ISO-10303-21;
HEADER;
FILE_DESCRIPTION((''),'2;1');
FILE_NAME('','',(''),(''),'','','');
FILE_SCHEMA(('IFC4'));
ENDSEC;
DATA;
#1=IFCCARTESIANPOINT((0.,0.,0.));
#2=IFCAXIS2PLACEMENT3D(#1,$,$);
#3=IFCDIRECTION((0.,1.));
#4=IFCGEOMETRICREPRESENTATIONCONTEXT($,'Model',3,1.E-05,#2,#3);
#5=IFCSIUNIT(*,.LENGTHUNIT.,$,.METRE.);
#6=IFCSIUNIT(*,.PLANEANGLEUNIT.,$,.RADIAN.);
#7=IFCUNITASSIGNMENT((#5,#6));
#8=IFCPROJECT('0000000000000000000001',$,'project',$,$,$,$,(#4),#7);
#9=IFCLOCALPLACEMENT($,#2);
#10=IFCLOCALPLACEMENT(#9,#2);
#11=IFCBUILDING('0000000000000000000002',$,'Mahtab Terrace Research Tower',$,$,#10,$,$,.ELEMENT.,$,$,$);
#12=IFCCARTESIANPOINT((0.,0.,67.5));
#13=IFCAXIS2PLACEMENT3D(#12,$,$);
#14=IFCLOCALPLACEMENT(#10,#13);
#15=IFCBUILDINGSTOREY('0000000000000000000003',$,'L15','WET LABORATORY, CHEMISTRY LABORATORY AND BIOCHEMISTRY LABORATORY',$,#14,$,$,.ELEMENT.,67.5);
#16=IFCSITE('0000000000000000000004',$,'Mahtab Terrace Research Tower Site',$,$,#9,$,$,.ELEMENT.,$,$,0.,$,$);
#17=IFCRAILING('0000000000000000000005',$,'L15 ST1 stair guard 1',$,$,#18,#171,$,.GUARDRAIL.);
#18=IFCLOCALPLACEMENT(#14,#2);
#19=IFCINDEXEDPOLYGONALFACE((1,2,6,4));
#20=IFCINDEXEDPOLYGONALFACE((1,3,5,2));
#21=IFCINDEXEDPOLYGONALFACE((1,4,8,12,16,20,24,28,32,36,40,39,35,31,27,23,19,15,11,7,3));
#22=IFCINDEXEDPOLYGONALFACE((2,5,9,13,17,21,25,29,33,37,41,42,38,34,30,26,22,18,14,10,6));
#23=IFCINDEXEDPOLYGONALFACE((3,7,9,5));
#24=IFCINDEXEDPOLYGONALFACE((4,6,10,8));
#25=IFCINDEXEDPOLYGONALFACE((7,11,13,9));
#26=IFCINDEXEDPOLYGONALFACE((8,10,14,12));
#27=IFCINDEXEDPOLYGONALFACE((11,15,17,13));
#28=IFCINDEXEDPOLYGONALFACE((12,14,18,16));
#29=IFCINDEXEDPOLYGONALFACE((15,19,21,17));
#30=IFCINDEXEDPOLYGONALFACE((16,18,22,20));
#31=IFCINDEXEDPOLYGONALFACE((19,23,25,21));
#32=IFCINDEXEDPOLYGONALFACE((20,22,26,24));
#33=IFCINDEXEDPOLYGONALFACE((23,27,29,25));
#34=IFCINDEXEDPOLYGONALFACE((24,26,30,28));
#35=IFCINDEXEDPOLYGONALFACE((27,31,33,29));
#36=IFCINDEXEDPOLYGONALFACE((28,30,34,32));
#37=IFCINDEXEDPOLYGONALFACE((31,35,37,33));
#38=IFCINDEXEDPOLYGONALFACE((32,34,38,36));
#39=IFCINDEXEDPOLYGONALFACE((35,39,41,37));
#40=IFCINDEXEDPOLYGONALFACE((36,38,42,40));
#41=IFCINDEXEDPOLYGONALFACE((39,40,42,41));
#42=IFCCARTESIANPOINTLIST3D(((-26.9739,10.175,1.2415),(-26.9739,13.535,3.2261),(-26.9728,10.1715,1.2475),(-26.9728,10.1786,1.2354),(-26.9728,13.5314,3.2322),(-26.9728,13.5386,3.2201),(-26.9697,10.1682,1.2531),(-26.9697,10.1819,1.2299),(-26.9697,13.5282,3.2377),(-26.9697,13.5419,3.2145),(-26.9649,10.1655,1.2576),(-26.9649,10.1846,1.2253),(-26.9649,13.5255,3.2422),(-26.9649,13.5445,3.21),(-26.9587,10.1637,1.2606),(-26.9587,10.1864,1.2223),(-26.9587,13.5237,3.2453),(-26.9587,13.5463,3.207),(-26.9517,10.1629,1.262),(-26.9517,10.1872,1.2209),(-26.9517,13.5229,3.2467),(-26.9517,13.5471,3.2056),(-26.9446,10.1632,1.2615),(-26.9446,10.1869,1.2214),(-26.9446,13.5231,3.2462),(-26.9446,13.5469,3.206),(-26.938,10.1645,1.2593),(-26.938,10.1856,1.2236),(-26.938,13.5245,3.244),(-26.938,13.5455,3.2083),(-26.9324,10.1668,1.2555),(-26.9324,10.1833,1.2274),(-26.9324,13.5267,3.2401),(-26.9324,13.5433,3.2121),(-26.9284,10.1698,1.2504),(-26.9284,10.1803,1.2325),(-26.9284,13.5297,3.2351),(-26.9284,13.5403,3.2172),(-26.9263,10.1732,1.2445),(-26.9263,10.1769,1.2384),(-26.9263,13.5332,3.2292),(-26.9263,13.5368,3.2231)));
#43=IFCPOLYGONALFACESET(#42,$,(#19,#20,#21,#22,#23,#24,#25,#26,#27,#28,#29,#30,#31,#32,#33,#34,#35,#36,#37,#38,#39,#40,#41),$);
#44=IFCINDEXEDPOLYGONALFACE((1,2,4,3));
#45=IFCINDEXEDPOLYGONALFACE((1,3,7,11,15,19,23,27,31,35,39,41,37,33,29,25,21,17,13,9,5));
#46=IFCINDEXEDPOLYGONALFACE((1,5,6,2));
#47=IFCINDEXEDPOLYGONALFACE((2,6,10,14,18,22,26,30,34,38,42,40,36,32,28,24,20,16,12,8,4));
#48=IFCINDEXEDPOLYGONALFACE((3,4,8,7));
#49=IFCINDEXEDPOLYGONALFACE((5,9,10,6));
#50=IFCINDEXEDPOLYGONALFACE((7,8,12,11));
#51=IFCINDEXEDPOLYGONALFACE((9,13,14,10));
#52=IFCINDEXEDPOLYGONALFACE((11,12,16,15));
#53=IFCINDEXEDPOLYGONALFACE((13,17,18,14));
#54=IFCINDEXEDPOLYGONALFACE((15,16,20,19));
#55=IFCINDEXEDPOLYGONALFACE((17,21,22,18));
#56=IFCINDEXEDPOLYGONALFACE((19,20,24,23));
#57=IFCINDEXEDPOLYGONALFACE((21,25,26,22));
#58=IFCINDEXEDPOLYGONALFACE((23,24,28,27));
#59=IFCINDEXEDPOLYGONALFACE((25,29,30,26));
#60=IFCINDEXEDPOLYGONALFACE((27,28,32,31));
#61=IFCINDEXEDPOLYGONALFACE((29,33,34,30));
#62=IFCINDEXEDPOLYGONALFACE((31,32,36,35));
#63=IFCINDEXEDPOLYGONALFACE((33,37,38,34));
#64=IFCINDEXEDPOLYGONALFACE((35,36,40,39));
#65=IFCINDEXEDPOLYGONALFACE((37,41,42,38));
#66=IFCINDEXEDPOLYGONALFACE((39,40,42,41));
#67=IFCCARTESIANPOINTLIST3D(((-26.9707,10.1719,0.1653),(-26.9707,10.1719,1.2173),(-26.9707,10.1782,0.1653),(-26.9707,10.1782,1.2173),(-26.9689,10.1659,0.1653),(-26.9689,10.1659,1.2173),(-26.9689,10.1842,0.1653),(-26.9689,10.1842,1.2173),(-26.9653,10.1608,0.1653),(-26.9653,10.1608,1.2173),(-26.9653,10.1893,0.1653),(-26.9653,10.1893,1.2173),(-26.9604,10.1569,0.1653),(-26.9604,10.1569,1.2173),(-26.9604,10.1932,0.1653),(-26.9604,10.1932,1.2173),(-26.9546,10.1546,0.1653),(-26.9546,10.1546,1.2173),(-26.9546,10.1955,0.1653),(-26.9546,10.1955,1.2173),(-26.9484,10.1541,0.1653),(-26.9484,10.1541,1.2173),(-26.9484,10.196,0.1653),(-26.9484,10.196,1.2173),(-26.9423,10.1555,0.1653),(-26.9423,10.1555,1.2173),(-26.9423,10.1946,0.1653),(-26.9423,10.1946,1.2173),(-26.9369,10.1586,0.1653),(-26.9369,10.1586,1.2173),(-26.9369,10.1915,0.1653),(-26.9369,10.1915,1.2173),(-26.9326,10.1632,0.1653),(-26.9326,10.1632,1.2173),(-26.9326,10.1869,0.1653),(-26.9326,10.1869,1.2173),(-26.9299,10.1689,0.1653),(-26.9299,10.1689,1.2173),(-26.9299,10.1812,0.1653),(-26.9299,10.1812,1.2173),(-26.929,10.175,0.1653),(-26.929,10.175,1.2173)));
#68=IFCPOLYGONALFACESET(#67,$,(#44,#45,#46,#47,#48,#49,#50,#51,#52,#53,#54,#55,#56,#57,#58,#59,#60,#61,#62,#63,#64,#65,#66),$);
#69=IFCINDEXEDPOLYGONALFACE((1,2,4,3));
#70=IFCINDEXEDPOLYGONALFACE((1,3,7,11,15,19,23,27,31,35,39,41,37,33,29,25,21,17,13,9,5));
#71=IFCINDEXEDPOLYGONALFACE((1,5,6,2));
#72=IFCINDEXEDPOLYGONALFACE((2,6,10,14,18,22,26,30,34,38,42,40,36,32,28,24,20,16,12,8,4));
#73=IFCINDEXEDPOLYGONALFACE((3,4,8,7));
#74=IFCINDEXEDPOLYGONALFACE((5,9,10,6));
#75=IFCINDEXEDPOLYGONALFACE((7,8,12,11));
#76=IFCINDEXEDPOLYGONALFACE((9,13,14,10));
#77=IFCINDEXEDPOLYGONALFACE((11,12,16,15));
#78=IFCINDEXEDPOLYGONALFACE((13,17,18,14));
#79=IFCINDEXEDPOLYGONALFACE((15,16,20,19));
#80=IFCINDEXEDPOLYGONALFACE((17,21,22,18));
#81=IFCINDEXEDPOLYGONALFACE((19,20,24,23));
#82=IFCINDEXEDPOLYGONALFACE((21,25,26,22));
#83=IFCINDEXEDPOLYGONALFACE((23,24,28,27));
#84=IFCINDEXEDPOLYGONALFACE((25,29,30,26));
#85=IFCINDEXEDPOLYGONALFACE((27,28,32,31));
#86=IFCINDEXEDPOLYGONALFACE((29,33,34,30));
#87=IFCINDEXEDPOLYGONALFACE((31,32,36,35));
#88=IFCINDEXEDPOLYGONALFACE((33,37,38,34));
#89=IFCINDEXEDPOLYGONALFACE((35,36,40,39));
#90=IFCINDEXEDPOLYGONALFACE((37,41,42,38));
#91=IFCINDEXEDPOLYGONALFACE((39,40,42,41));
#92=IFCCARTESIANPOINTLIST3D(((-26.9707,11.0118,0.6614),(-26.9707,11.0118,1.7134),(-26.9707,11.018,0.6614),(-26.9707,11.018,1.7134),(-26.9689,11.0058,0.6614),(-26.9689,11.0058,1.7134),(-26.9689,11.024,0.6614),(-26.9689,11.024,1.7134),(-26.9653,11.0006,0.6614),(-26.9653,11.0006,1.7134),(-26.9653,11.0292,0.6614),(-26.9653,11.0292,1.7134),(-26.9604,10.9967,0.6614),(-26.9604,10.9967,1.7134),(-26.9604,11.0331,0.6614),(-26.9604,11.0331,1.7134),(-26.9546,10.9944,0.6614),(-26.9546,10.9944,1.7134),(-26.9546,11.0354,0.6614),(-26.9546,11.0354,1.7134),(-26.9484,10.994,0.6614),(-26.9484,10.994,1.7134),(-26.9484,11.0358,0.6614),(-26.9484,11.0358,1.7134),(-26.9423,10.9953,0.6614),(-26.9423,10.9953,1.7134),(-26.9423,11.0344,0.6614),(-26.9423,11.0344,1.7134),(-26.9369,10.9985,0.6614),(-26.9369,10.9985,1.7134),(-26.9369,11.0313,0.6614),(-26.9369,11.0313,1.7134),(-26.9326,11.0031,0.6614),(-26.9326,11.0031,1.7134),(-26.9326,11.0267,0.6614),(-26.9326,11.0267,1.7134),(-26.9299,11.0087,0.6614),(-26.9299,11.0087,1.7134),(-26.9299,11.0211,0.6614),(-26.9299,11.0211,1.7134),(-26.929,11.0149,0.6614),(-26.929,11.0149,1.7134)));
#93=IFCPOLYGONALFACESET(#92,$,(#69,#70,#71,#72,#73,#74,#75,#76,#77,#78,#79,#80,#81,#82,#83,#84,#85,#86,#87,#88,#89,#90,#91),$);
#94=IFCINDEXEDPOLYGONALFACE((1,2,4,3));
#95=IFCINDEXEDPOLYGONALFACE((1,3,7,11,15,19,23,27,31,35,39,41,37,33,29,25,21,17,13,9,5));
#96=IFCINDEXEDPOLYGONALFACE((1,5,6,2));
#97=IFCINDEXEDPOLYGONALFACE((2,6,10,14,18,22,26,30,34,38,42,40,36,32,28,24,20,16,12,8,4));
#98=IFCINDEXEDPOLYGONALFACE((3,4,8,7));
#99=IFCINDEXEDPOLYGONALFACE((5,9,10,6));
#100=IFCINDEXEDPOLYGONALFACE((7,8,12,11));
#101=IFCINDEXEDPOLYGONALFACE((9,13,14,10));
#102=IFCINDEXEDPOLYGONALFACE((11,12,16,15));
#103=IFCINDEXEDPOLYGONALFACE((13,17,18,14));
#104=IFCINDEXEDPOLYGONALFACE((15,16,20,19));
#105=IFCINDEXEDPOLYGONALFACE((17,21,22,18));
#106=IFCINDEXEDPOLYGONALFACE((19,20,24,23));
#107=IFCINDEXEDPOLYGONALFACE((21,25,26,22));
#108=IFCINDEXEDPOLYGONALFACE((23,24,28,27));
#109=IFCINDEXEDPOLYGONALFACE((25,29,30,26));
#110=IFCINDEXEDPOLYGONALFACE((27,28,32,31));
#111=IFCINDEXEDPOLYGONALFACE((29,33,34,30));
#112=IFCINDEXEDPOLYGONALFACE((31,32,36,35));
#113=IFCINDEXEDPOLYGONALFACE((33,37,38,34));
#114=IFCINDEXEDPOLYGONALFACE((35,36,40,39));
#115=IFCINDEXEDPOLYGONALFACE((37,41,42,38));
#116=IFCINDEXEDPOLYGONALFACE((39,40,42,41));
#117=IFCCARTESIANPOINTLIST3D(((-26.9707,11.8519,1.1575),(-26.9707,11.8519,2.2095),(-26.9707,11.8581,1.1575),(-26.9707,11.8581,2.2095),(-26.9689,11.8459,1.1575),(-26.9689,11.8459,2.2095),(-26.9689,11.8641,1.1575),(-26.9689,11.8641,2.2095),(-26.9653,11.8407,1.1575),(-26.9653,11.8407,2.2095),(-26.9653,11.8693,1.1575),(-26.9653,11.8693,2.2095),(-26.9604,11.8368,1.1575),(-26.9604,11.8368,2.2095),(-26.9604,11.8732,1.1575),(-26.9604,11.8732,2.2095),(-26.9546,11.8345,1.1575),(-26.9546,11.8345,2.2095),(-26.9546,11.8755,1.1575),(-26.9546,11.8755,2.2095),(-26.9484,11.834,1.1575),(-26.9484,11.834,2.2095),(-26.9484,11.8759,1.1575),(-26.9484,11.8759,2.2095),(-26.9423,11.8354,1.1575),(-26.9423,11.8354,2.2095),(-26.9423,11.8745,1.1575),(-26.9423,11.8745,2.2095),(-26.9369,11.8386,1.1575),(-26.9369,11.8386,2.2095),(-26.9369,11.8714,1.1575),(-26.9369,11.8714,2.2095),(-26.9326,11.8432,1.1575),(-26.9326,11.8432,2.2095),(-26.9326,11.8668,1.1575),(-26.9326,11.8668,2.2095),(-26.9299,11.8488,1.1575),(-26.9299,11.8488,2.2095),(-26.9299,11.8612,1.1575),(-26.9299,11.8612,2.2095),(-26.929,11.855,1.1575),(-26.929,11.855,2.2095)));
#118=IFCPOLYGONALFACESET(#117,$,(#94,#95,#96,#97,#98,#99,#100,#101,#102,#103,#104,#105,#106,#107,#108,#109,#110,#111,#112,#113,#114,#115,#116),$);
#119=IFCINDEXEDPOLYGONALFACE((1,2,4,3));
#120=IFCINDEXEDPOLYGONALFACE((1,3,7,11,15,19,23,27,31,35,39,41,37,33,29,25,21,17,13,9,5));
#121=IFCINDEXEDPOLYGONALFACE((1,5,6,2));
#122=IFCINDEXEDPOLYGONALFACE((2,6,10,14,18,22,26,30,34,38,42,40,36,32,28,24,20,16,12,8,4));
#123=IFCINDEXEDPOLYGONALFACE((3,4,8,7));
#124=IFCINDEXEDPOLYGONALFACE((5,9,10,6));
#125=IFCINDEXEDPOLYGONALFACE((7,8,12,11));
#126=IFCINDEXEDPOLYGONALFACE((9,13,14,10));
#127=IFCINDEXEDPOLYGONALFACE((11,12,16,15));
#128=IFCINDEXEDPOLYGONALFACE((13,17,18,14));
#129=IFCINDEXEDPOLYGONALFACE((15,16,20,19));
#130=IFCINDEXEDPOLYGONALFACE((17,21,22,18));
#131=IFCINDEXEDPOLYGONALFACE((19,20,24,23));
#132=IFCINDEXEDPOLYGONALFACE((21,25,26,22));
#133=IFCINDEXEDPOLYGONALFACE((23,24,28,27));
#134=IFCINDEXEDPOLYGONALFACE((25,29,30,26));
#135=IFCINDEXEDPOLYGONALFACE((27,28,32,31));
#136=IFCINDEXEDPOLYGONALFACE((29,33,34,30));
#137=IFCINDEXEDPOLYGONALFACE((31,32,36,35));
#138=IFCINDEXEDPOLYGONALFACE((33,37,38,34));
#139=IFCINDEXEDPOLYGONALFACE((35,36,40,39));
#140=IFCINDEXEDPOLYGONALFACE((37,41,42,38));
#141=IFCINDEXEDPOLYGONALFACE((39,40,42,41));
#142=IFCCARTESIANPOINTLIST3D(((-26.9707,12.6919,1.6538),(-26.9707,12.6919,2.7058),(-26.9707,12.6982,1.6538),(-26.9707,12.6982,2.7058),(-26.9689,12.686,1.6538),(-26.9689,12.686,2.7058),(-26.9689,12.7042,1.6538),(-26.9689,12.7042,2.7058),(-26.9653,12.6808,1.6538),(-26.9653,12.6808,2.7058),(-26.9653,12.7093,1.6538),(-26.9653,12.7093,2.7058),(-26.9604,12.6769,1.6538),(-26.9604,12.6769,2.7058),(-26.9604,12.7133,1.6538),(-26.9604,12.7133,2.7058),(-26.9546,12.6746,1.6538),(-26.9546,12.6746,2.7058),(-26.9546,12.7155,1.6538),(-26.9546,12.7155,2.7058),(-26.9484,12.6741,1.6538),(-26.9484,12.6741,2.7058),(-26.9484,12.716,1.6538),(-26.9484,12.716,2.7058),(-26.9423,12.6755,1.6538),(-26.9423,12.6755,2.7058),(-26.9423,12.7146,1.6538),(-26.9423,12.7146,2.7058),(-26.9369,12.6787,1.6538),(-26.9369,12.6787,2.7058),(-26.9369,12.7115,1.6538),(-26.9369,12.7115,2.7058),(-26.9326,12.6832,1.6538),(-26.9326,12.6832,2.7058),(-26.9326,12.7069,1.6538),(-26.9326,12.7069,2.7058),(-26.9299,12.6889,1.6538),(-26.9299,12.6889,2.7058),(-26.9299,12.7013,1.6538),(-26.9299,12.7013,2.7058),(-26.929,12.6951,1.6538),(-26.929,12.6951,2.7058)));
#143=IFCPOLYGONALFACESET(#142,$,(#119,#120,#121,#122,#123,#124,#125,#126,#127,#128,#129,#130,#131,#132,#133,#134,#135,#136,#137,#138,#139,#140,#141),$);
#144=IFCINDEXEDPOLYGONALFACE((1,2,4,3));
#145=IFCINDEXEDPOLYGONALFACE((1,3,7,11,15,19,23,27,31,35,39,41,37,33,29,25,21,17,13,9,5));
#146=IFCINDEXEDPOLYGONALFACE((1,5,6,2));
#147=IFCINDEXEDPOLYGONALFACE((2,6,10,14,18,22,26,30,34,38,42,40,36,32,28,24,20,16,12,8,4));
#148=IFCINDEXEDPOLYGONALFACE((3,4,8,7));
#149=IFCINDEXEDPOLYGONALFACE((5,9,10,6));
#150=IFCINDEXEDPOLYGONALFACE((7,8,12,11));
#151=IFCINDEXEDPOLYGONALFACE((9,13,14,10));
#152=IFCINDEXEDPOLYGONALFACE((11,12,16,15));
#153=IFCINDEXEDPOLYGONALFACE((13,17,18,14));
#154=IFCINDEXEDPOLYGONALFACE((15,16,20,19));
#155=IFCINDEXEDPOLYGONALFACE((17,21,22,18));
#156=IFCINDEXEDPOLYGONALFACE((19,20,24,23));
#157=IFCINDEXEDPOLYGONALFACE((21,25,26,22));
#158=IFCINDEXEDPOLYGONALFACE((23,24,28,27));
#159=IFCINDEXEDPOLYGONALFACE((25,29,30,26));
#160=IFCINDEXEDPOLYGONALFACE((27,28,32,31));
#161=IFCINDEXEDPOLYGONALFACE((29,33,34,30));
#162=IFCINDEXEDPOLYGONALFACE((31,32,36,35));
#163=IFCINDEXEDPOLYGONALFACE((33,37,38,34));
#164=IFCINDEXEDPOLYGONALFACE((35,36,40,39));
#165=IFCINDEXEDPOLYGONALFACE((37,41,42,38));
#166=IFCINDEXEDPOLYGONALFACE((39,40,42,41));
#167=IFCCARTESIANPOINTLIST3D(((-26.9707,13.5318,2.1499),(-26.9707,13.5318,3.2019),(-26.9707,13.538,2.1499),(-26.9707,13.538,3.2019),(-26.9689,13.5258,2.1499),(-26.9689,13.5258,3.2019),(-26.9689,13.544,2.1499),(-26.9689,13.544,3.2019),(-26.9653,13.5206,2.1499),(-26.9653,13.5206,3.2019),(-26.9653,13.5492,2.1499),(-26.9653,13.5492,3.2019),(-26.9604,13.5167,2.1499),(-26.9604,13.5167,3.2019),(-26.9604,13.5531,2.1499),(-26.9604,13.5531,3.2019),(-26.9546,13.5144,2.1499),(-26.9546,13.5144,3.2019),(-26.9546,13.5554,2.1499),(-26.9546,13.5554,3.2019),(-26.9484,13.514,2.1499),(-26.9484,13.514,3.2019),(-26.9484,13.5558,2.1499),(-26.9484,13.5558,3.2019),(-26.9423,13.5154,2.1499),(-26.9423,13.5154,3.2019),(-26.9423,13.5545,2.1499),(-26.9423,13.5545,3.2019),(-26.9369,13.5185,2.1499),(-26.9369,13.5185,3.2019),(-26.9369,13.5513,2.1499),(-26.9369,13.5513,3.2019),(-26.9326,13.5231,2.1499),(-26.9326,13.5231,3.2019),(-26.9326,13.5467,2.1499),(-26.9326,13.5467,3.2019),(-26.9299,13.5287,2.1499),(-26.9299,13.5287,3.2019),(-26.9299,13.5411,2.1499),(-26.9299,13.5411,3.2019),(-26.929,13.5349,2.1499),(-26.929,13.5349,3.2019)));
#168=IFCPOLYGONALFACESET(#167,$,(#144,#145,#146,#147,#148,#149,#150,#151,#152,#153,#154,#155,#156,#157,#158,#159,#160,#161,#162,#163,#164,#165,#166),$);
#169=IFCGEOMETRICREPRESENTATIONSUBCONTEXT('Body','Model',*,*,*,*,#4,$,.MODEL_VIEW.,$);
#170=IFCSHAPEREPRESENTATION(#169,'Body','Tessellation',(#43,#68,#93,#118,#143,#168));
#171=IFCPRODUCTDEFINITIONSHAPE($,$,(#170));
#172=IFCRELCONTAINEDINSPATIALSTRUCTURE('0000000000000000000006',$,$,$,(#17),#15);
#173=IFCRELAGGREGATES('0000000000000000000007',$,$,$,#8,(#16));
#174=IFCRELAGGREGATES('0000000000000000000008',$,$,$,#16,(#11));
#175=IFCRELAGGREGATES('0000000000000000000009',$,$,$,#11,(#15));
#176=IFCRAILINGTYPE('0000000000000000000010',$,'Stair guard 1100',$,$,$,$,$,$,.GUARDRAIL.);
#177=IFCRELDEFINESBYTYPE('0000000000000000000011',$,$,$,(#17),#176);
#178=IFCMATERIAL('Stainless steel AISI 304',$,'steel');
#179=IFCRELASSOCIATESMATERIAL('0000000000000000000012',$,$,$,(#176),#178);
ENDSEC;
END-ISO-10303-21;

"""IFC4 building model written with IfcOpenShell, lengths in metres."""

from ifc_helpers import new_model, si_unit, direction, frame, origin, origin_2d, place, context, subcontext, project, spatial, circle, extrude, material, type_object, element, save


model = new_model("IFC4")

# Units and contexts
model_context = context("Model", 3, precision=1e-05, world=origin(), true_north=direction((0.0, 1.0)))
body_context = subcontext(model_context, "Body", "Model", "MODEL_VIEW")
ifc_project = project(units=[si_unit("LENGTHUNIT", "METRE"), si_unit("PLANEANGLEUNIT", "RADIAN")], contexts=[model_context])

# Site, building, storey
site_placement = place(None, origin())
site = spatial("IfcSite", under=ifc_project, at=site_placement, Name="Mahtab Terrace Research Tower Site", CompositionType="ELEMENT", RefElevation=0.0)
building_placement = place(site_placement, origin())
building = spatial("IfcBuilding", under=site, at=building_placement, Name="Mahtab Terrace Research Tower", CompositionType="ELEMENT")
storey_placement = place(building_placement, frame((0.0, 0.0, 67.5)))
storey = spatial("IfcBuildingStorey", under=building, at=storey_placement, Name="L15", Description="WET LABORATORY, CHEMISTRY LABORATORY AND BIOCHEMISTRY LABORATORY", CompositionType="ELEMENT", Elevation=67.5)

# Railing
ifc_material_1 = material(Name="Stainless steel AISI 304", Category="steel")
railing_type_1 = type_object("IfcRailingType", Name="Stair guard 1100", PredefinedType="GUARDRAIL", material=ifc_material_1)
railing_1_placement = place(storey_placement, frame((-26.95, 10.175, 0.1653)))
element("IfcRailing", 1, at=railing_1_placement, inside=storey, type_object=railing_type_1, Name="L15 ST1 stair guard 1", PredefinedType="GUARDRAIL", context=body_context, shape_type="SweptSolid", body=[
    extrude(circle(Radius=0.0239, at=origin_2d()), frame((0.0, 0.0, 1.0762), z_axis=(0.0, 0.861011, 0.508586), x_axis=(-1.0, 0.0, 0.0)), (0.0, 0.0, 1.0), 3.9023),
    extrude(circle(Radius=0.021, at=origin_2d()), origin(), (0.0, 0.0, 1.0), 1.052),
    extrude(circle(Radius=0.021, at=origin_2d()), frame((0.0, 0.8398, 0.4961)), (0.0, 0.0, 1.0), 1.052),
    extrude(circle(Radius=0.021, at=origin_2d()), frame((0.0, 1.6799, 0.9922)), (0.0, 0.0, 1.0), 1.052),
    extrude(circle(Radius=0.021, at=origin_2d()), frame((0.0, 2.52, 1.4885)), (0.0, 0.0, 1.0), 1.052),
    extrude(circle(Radius=0.021, at=origin_2d()), frame((0.0, 3.3599, 1.9846)), (0.0, 0.0, 1.0), 1.052),
])

save(model, "model.ifc")
